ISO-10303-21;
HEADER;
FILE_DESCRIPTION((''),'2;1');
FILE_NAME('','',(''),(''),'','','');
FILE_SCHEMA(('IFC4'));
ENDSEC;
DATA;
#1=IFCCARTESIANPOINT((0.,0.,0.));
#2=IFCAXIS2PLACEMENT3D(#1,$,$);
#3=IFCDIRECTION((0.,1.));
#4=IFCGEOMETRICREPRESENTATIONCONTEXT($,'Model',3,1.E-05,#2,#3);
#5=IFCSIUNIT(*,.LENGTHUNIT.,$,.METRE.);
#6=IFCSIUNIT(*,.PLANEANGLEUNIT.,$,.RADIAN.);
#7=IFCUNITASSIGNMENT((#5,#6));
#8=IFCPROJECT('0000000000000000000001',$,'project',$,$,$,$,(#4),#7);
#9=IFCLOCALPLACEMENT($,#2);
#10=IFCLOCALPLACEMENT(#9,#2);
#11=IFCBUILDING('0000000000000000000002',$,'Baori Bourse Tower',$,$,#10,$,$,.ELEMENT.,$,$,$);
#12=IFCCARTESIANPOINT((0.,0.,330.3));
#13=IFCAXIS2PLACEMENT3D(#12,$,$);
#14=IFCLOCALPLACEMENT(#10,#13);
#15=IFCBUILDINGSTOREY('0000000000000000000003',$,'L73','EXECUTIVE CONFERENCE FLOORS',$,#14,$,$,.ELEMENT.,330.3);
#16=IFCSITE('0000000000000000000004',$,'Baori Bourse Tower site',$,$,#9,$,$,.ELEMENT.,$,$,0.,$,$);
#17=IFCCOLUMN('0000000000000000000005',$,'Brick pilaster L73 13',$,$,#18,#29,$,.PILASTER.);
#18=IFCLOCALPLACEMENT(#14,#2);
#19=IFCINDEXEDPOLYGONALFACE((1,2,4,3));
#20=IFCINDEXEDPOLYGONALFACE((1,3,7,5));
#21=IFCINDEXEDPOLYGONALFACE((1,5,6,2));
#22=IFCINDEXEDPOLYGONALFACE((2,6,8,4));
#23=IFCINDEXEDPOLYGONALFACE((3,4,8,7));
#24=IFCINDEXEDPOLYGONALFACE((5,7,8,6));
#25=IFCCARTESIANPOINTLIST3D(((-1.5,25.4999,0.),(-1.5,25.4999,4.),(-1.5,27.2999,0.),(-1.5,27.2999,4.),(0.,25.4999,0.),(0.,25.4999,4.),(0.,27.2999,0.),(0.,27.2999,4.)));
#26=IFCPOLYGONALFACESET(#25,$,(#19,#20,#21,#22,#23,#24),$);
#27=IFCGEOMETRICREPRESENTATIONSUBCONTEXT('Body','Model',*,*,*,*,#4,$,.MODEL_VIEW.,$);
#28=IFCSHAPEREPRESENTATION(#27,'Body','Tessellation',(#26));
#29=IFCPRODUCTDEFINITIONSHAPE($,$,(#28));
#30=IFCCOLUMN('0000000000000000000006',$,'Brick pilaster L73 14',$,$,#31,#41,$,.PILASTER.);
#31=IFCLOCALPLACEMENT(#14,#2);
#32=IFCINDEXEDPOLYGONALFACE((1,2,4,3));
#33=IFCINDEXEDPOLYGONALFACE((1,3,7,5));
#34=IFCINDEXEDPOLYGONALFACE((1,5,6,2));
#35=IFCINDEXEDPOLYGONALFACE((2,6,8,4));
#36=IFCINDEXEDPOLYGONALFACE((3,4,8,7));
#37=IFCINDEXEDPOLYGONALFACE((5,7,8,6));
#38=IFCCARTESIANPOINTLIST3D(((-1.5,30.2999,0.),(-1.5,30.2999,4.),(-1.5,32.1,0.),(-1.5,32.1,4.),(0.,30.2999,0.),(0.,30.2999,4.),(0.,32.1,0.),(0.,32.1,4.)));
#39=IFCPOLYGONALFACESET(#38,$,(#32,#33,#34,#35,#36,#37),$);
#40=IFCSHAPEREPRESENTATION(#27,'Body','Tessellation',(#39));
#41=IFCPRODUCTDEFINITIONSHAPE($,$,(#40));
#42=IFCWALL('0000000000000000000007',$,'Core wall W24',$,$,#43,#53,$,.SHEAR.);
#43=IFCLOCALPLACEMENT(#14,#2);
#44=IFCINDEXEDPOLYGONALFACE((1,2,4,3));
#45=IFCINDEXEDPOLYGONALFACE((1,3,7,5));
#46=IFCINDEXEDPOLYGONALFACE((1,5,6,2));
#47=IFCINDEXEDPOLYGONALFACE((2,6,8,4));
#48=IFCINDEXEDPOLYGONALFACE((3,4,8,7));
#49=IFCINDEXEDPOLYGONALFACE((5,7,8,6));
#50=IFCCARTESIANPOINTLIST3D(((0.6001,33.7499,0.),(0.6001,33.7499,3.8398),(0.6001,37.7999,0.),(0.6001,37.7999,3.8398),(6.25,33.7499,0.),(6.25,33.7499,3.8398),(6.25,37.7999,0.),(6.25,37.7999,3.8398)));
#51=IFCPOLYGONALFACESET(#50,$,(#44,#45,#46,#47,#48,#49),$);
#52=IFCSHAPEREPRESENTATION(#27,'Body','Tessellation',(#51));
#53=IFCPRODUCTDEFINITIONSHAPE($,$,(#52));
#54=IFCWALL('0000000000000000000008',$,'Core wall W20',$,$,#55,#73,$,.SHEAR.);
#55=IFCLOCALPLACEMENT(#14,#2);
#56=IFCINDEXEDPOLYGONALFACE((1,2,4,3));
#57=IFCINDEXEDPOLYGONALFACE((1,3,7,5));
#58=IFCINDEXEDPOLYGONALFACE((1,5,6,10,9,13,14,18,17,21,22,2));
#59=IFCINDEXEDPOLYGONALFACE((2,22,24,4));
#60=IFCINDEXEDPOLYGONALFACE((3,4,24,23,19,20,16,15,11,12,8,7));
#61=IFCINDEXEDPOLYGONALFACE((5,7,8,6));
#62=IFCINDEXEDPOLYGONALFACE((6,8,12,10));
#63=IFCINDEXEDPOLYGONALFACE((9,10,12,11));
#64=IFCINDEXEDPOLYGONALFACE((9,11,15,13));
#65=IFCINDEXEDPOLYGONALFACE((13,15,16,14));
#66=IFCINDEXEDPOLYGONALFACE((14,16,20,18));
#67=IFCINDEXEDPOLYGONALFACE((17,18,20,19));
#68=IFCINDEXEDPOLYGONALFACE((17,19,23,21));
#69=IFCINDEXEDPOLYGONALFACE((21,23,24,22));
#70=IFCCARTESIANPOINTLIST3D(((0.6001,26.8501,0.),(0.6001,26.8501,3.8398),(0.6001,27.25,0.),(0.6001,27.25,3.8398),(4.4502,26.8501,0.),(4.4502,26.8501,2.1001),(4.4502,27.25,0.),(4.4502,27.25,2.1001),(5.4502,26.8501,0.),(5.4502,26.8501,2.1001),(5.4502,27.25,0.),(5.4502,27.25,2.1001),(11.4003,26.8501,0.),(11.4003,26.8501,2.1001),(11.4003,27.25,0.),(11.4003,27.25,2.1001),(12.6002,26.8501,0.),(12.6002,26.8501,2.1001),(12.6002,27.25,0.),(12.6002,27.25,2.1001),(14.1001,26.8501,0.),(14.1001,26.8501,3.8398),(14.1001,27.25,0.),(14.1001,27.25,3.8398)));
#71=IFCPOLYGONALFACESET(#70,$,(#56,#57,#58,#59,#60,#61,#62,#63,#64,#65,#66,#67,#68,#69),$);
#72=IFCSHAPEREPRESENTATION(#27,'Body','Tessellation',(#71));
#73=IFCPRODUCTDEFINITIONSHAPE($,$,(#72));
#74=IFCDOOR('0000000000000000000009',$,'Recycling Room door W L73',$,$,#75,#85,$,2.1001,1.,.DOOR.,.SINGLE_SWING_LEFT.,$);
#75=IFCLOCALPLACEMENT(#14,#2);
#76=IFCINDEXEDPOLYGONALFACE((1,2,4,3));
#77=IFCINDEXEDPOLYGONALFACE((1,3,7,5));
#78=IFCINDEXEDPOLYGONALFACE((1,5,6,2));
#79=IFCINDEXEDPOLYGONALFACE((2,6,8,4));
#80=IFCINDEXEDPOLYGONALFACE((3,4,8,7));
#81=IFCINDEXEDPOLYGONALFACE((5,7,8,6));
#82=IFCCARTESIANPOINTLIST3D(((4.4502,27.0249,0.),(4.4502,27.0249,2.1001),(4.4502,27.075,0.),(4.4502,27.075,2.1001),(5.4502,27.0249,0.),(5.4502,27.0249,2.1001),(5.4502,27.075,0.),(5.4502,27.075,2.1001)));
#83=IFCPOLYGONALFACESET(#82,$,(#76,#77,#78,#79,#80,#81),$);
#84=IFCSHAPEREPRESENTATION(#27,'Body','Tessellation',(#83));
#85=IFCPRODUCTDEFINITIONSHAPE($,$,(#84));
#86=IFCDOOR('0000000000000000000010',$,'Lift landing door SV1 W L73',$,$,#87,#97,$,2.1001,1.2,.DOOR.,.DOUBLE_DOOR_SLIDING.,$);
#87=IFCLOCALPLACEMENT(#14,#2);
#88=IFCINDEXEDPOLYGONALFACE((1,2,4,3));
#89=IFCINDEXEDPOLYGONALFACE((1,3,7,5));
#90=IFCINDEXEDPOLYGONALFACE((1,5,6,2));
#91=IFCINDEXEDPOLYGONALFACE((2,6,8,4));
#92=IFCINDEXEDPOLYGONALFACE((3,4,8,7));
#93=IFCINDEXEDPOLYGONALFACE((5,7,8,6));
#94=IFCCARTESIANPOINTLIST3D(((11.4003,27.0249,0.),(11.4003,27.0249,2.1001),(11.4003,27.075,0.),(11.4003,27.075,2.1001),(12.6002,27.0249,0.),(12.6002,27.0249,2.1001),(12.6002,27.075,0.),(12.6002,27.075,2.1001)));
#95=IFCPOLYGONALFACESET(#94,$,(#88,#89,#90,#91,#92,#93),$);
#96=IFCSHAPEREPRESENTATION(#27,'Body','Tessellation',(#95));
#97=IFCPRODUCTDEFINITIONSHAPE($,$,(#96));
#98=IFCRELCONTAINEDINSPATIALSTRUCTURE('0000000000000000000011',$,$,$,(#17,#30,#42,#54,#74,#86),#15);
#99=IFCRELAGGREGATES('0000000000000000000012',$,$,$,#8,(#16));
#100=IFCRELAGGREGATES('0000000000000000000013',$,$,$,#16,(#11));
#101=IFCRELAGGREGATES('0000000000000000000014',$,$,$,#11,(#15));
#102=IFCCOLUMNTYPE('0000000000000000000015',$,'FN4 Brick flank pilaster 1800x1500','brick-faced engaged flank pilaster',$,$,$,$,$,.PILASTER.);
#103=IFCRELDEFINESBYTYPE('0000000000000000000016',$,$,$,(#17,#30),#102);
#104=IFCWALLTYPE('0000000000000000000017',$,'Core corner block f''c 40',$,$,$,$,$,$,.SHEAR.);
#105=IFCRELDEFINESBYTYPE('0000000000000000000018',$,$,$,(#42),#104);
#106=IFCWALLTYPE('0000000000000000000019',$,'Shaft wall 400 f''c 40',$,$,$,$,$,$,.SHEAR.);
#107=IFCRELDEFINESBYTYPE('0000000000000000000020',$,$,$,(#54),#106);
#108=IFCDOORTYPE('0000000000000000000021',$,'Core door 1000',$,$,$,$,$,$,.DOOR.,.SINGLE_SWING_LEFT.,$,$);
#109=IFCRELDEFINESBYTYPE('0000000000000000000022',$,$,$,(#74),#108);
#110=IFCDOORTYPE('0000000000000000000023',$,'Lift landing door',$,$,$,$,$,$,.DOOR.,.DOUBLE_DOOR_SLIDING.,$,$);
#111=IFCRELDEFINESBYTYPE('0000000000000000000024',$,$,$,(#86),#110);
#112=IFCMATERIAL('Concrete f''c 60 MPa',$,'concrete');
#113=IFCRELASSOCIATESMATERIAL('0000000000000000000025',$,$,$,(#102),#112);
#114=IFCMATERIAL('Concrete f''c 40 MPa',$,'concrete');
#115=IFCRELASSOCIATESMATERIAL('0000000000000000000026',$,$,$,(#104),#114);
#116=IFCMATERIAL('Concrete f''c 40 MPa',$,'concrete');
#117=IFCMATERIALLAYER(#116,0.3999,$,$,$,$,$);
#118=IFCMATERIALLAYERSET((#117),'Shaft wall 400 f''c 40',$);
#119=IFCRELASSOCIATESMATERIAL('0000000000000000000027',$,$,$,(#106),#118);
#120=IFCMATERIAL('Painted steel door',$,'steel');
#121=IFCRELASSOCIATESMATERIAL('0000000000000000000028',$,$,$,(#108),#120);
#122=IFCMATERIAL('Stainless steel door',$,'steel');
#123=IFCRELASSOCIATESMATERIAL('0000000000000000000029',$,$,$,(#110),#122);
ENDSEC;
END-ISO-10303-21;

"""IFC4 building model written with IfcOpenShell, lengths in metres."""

from ifc_helpers import new_model, si_unit, direction, frame, frame_2d, origin, origin_2d, place, context, subcontext, project, spatial, rectangle, extrude, material, layer, layer_set, material_profile, profile_set, type_object, element, fill, save


model = new_model("IFC4")

# Units and contexts
model_context = context("Model", 3, precision=1e-05, world=origin(), true_north=direction((0.0, 1.0)))
body_context = subcontext(model_context, "Body", "Model", "MODEL_VIEW")
ifc_project = project(units=[si_unit("LENGTHUNIT", "METRE"), si_unit("PLANEANGLEUNIT", "RADIAN")], contexts=[model_context])

# Site, building, storey
site_placement = place(None, origin())
site = spatial("IfcSite", under=ifc_project, at=site_placement, Name="Baori Bourse Tower site", CompositionType="ELEMENT", RefElevation=0.0)
building_placement = place(site_placement, origin())
building = spatial("IfcBuilding", under=site, at=building_placement, Name="Baori Bourse Tower", CompositionType="ELEMENT")
storey_placement = place(building_placement, frame((0.0, 0.0, 330.3)))
storey = spatial("IfcBuildingStorey", under=building, at=storey_placement, Name="L73", Description="EXECUTIVE CONFERENCE FLOORS", CompositionType="ELEMENT", Elevation=330.3)

# Columns
ifc_material_1 = material(Name="Concrete f'c 60 MPa", Category="concrete")
ifc_material_profile = material_profile(ifc_material_1, rectangle(XDim=1.8, YDim=1.5, at=origin_2d()), Name="RC 1800x1500")
ifc_profile_set = profile_set([ifc_material_profile], Name="Concrete f'c 60 MPa")
column_type = type_object("IfcColumnType", Name="FN4 Brick flank pilaster 1800x1500", Description="brick-faced engaged flank pilaster", PredefinedType="PILASTER", material=ifc_profile_set)
for number, where, z_axis, x_axis, name in (
    (1, (-0.75, 26.3999, 0.0), (0.0, 0.0, 1.0), (0.0, 1.0, 0.0), "Brick pilaster L73 13"),
    (2, (-0.75, 31.2, 0.0), (0.0, 0.0, 1.0), (0.0, 1.0, 0.0), "Brick pilaster L73 14"),
):
    element("IfcColumn", number, at=place(storey_placement, frame(where, z_axis=z_axis, x_axis=x_axis)), inside=storey, type_object=column_type, Name=name, PredefinedType="PILASTER", context=body_context, shape_type="SweptSolid", body=[
        extrude(rectangle(XDim=1.8, YDim=1.5, at=origin_2d()), origin(), (0.0, 0.0, 1.0), 4.0),
    ])

# Wall
ifc_material_2 = material(Name="Concrete f'c 40 MPa", Category="concrete")
wall_type_1 = type_object("IfcWallType", Name="Core corner block f'c 40", PredefinedType="SHEAR", material=ifc_material_2)
wall_1_placement = place(storey_placement, frame((0.6001, 35.7749, 0.0), z_axis=(0.0, 0.0, 1.0), x_axis=(1.0, 0.0, 0.0)))
element("IfcWall", 3, at=wall_1_placement, inside=storey, type_object=wall_type_1, Name="Core wall W24", PredefinedType="SHEAR", context=body_context, shape_type="SweptSolid", body=[
    extrude(rectangle(XDim=5.6499, YDim=4.05, at=frame_2d((2.825, 0.0))), origin(), (0.0, 0.0, 1.0), 3.8398),
])

# Wall, openings, doors
ifc_material_3 = material(Name="Concrete f'c 40 MPa", Category="concrete")
ifc_layer_1 = layer(ifc_material_3, 0.3999)
ifc_layer_set_1 = layer_set([ifc_layer_1], Name="Shaft wall 400 f'c 40")
wall_type_2 = type_object("IfcWallType", Name="Shaft wall 400 f'c 40", PredefinedType="SHEAR", material=ifc_layer_set_1)
wall_2_placement = place(storey_placement, frame((0.6001, 27.05, 0.0), z_axis=(0.0, 0.0, 1.0), x_axis=(1.0, 0.0, 0.0)))
wall_2 = element("IfcWall", 4, at=wall_2_placement, inside=storey, type_object=wall_type_2, Name="Core wall W20", PredefinedType="SHEAR", context=body_context, shape_type="SweptSolid", body=[
    extrude(rectangle(XDim=13.5, YDim=0.3999, at=frame_2d((6.75, 0.0))), origin(), (0.0, 0.0, 1.0), 3.8398),
])
opening_1_placement = place(wall_2_placement, frame((3.8501, 0.0, 0.0)))
opening_1 = element("IfcOpeningElement", 5, at=opening_1_placement, cuts=wall_2, PredefinedType="OPENING", context=body_context, shape_type="SweptSolid", body=[
    extrude(rectangle(XDim=1.0, YDim=2.1001, at=frame_2d((0.5, 1.05))), frame((0.0, 0.21, 0.0), z_axis=(0.0, -1.0, 0.0), x_axis=(1.0, 0.0, 0.0)), (0.0, 0.0, 1.0), 0.4199),
])
opening_2_placement = place(wall_2_placement, frame((10.8, 0.0, 0.0)))
opening_2 = element("IfcOpeningElement", 6, at=opening_2_placement, cuts=wall_2, PredefinedType="OPENING", context=body_context, shape_type="SweptSolid", body=[
    extrude(rectangle(XDim=1.2, YDim=2.1001, at=frame_2d((0.6001, 1.05))), frame((0.0, 0.21, 0.0), z_axis=(0.0, -1.0, 0.0), x_axis=(1.0, 0.0, 0.0)), (0.0, 0.0, 1.0), 0.4199),
])
ifc_material_4 = material(Name="Painted steel door", Category="steel")
door_type_1 = type_object("IfcDoorType", Name="Core door 1000", OperationType="SINGLE_SWING_LEFT", PredefinedType="DOOR", material=ifc_material_4)
door_1_placement = place(opening_1_placement, origin())
door_1 = element("IfcDoor", 7, at=door_1_placement, inside=storey, type_object=door_type_1, Name="Recycling Room door W L73", OperationType="SINGLE_SWING_LEFT", OverallHeight=2.1001, OverallWidth=1.0, PredefinedType="DOOR", context=body_context, shape_type="SweptSolid", body=[
    extrude(rectangle(XDim=1.0, YDim=2.1001, at=frame_2d((0.5, 1.05))), frame((0.0, 0.0249, 0.0), z_axis=(0.0, -1.0, 0.0), x_axis=(1.0, 0.0, 0.0)), (0.0, 0.0, 1.0), 0.05),
])
fill(opening_1, door_1)
ifc_material_5 = material(Name="Stainless steel door", Category="steel")
door_type_2 = type_object("IfcDoorType", Name="Lift landing door", OperationType="DOUBLE_DOOR_SLIDING", PredefinedType="DOOR", material=ifc_material_5)
door_2_placement = place(opening_2_placement, origin())
door_2 = element("IfcDoor", 8, at=door_2_placement, inside=storey, type_object=door_type_2, Name="Lift landing door SV1 W L73", OperationType="DOUBLE_DOOR_SLIDING", OverallHeight=2.1001, OverallWidth=1.2, PredefinedType="DOOR", context=body_context, shape_type="SweptSolid", body=[
    extrude(rectangle(XDim=1.2, YDim=2.1001, at=frame_2d((0.6001, 1.05))), frame((0.0, 0.0249, 0.0), z_axis=(0.0, -1.0, 0.0), x_axis=(1.0, 0.0, 0.0)), (0.0, 0.0, 1.0), 0.05),
])
fill(opening_2, door_2)

save(model, "model.ifc")
